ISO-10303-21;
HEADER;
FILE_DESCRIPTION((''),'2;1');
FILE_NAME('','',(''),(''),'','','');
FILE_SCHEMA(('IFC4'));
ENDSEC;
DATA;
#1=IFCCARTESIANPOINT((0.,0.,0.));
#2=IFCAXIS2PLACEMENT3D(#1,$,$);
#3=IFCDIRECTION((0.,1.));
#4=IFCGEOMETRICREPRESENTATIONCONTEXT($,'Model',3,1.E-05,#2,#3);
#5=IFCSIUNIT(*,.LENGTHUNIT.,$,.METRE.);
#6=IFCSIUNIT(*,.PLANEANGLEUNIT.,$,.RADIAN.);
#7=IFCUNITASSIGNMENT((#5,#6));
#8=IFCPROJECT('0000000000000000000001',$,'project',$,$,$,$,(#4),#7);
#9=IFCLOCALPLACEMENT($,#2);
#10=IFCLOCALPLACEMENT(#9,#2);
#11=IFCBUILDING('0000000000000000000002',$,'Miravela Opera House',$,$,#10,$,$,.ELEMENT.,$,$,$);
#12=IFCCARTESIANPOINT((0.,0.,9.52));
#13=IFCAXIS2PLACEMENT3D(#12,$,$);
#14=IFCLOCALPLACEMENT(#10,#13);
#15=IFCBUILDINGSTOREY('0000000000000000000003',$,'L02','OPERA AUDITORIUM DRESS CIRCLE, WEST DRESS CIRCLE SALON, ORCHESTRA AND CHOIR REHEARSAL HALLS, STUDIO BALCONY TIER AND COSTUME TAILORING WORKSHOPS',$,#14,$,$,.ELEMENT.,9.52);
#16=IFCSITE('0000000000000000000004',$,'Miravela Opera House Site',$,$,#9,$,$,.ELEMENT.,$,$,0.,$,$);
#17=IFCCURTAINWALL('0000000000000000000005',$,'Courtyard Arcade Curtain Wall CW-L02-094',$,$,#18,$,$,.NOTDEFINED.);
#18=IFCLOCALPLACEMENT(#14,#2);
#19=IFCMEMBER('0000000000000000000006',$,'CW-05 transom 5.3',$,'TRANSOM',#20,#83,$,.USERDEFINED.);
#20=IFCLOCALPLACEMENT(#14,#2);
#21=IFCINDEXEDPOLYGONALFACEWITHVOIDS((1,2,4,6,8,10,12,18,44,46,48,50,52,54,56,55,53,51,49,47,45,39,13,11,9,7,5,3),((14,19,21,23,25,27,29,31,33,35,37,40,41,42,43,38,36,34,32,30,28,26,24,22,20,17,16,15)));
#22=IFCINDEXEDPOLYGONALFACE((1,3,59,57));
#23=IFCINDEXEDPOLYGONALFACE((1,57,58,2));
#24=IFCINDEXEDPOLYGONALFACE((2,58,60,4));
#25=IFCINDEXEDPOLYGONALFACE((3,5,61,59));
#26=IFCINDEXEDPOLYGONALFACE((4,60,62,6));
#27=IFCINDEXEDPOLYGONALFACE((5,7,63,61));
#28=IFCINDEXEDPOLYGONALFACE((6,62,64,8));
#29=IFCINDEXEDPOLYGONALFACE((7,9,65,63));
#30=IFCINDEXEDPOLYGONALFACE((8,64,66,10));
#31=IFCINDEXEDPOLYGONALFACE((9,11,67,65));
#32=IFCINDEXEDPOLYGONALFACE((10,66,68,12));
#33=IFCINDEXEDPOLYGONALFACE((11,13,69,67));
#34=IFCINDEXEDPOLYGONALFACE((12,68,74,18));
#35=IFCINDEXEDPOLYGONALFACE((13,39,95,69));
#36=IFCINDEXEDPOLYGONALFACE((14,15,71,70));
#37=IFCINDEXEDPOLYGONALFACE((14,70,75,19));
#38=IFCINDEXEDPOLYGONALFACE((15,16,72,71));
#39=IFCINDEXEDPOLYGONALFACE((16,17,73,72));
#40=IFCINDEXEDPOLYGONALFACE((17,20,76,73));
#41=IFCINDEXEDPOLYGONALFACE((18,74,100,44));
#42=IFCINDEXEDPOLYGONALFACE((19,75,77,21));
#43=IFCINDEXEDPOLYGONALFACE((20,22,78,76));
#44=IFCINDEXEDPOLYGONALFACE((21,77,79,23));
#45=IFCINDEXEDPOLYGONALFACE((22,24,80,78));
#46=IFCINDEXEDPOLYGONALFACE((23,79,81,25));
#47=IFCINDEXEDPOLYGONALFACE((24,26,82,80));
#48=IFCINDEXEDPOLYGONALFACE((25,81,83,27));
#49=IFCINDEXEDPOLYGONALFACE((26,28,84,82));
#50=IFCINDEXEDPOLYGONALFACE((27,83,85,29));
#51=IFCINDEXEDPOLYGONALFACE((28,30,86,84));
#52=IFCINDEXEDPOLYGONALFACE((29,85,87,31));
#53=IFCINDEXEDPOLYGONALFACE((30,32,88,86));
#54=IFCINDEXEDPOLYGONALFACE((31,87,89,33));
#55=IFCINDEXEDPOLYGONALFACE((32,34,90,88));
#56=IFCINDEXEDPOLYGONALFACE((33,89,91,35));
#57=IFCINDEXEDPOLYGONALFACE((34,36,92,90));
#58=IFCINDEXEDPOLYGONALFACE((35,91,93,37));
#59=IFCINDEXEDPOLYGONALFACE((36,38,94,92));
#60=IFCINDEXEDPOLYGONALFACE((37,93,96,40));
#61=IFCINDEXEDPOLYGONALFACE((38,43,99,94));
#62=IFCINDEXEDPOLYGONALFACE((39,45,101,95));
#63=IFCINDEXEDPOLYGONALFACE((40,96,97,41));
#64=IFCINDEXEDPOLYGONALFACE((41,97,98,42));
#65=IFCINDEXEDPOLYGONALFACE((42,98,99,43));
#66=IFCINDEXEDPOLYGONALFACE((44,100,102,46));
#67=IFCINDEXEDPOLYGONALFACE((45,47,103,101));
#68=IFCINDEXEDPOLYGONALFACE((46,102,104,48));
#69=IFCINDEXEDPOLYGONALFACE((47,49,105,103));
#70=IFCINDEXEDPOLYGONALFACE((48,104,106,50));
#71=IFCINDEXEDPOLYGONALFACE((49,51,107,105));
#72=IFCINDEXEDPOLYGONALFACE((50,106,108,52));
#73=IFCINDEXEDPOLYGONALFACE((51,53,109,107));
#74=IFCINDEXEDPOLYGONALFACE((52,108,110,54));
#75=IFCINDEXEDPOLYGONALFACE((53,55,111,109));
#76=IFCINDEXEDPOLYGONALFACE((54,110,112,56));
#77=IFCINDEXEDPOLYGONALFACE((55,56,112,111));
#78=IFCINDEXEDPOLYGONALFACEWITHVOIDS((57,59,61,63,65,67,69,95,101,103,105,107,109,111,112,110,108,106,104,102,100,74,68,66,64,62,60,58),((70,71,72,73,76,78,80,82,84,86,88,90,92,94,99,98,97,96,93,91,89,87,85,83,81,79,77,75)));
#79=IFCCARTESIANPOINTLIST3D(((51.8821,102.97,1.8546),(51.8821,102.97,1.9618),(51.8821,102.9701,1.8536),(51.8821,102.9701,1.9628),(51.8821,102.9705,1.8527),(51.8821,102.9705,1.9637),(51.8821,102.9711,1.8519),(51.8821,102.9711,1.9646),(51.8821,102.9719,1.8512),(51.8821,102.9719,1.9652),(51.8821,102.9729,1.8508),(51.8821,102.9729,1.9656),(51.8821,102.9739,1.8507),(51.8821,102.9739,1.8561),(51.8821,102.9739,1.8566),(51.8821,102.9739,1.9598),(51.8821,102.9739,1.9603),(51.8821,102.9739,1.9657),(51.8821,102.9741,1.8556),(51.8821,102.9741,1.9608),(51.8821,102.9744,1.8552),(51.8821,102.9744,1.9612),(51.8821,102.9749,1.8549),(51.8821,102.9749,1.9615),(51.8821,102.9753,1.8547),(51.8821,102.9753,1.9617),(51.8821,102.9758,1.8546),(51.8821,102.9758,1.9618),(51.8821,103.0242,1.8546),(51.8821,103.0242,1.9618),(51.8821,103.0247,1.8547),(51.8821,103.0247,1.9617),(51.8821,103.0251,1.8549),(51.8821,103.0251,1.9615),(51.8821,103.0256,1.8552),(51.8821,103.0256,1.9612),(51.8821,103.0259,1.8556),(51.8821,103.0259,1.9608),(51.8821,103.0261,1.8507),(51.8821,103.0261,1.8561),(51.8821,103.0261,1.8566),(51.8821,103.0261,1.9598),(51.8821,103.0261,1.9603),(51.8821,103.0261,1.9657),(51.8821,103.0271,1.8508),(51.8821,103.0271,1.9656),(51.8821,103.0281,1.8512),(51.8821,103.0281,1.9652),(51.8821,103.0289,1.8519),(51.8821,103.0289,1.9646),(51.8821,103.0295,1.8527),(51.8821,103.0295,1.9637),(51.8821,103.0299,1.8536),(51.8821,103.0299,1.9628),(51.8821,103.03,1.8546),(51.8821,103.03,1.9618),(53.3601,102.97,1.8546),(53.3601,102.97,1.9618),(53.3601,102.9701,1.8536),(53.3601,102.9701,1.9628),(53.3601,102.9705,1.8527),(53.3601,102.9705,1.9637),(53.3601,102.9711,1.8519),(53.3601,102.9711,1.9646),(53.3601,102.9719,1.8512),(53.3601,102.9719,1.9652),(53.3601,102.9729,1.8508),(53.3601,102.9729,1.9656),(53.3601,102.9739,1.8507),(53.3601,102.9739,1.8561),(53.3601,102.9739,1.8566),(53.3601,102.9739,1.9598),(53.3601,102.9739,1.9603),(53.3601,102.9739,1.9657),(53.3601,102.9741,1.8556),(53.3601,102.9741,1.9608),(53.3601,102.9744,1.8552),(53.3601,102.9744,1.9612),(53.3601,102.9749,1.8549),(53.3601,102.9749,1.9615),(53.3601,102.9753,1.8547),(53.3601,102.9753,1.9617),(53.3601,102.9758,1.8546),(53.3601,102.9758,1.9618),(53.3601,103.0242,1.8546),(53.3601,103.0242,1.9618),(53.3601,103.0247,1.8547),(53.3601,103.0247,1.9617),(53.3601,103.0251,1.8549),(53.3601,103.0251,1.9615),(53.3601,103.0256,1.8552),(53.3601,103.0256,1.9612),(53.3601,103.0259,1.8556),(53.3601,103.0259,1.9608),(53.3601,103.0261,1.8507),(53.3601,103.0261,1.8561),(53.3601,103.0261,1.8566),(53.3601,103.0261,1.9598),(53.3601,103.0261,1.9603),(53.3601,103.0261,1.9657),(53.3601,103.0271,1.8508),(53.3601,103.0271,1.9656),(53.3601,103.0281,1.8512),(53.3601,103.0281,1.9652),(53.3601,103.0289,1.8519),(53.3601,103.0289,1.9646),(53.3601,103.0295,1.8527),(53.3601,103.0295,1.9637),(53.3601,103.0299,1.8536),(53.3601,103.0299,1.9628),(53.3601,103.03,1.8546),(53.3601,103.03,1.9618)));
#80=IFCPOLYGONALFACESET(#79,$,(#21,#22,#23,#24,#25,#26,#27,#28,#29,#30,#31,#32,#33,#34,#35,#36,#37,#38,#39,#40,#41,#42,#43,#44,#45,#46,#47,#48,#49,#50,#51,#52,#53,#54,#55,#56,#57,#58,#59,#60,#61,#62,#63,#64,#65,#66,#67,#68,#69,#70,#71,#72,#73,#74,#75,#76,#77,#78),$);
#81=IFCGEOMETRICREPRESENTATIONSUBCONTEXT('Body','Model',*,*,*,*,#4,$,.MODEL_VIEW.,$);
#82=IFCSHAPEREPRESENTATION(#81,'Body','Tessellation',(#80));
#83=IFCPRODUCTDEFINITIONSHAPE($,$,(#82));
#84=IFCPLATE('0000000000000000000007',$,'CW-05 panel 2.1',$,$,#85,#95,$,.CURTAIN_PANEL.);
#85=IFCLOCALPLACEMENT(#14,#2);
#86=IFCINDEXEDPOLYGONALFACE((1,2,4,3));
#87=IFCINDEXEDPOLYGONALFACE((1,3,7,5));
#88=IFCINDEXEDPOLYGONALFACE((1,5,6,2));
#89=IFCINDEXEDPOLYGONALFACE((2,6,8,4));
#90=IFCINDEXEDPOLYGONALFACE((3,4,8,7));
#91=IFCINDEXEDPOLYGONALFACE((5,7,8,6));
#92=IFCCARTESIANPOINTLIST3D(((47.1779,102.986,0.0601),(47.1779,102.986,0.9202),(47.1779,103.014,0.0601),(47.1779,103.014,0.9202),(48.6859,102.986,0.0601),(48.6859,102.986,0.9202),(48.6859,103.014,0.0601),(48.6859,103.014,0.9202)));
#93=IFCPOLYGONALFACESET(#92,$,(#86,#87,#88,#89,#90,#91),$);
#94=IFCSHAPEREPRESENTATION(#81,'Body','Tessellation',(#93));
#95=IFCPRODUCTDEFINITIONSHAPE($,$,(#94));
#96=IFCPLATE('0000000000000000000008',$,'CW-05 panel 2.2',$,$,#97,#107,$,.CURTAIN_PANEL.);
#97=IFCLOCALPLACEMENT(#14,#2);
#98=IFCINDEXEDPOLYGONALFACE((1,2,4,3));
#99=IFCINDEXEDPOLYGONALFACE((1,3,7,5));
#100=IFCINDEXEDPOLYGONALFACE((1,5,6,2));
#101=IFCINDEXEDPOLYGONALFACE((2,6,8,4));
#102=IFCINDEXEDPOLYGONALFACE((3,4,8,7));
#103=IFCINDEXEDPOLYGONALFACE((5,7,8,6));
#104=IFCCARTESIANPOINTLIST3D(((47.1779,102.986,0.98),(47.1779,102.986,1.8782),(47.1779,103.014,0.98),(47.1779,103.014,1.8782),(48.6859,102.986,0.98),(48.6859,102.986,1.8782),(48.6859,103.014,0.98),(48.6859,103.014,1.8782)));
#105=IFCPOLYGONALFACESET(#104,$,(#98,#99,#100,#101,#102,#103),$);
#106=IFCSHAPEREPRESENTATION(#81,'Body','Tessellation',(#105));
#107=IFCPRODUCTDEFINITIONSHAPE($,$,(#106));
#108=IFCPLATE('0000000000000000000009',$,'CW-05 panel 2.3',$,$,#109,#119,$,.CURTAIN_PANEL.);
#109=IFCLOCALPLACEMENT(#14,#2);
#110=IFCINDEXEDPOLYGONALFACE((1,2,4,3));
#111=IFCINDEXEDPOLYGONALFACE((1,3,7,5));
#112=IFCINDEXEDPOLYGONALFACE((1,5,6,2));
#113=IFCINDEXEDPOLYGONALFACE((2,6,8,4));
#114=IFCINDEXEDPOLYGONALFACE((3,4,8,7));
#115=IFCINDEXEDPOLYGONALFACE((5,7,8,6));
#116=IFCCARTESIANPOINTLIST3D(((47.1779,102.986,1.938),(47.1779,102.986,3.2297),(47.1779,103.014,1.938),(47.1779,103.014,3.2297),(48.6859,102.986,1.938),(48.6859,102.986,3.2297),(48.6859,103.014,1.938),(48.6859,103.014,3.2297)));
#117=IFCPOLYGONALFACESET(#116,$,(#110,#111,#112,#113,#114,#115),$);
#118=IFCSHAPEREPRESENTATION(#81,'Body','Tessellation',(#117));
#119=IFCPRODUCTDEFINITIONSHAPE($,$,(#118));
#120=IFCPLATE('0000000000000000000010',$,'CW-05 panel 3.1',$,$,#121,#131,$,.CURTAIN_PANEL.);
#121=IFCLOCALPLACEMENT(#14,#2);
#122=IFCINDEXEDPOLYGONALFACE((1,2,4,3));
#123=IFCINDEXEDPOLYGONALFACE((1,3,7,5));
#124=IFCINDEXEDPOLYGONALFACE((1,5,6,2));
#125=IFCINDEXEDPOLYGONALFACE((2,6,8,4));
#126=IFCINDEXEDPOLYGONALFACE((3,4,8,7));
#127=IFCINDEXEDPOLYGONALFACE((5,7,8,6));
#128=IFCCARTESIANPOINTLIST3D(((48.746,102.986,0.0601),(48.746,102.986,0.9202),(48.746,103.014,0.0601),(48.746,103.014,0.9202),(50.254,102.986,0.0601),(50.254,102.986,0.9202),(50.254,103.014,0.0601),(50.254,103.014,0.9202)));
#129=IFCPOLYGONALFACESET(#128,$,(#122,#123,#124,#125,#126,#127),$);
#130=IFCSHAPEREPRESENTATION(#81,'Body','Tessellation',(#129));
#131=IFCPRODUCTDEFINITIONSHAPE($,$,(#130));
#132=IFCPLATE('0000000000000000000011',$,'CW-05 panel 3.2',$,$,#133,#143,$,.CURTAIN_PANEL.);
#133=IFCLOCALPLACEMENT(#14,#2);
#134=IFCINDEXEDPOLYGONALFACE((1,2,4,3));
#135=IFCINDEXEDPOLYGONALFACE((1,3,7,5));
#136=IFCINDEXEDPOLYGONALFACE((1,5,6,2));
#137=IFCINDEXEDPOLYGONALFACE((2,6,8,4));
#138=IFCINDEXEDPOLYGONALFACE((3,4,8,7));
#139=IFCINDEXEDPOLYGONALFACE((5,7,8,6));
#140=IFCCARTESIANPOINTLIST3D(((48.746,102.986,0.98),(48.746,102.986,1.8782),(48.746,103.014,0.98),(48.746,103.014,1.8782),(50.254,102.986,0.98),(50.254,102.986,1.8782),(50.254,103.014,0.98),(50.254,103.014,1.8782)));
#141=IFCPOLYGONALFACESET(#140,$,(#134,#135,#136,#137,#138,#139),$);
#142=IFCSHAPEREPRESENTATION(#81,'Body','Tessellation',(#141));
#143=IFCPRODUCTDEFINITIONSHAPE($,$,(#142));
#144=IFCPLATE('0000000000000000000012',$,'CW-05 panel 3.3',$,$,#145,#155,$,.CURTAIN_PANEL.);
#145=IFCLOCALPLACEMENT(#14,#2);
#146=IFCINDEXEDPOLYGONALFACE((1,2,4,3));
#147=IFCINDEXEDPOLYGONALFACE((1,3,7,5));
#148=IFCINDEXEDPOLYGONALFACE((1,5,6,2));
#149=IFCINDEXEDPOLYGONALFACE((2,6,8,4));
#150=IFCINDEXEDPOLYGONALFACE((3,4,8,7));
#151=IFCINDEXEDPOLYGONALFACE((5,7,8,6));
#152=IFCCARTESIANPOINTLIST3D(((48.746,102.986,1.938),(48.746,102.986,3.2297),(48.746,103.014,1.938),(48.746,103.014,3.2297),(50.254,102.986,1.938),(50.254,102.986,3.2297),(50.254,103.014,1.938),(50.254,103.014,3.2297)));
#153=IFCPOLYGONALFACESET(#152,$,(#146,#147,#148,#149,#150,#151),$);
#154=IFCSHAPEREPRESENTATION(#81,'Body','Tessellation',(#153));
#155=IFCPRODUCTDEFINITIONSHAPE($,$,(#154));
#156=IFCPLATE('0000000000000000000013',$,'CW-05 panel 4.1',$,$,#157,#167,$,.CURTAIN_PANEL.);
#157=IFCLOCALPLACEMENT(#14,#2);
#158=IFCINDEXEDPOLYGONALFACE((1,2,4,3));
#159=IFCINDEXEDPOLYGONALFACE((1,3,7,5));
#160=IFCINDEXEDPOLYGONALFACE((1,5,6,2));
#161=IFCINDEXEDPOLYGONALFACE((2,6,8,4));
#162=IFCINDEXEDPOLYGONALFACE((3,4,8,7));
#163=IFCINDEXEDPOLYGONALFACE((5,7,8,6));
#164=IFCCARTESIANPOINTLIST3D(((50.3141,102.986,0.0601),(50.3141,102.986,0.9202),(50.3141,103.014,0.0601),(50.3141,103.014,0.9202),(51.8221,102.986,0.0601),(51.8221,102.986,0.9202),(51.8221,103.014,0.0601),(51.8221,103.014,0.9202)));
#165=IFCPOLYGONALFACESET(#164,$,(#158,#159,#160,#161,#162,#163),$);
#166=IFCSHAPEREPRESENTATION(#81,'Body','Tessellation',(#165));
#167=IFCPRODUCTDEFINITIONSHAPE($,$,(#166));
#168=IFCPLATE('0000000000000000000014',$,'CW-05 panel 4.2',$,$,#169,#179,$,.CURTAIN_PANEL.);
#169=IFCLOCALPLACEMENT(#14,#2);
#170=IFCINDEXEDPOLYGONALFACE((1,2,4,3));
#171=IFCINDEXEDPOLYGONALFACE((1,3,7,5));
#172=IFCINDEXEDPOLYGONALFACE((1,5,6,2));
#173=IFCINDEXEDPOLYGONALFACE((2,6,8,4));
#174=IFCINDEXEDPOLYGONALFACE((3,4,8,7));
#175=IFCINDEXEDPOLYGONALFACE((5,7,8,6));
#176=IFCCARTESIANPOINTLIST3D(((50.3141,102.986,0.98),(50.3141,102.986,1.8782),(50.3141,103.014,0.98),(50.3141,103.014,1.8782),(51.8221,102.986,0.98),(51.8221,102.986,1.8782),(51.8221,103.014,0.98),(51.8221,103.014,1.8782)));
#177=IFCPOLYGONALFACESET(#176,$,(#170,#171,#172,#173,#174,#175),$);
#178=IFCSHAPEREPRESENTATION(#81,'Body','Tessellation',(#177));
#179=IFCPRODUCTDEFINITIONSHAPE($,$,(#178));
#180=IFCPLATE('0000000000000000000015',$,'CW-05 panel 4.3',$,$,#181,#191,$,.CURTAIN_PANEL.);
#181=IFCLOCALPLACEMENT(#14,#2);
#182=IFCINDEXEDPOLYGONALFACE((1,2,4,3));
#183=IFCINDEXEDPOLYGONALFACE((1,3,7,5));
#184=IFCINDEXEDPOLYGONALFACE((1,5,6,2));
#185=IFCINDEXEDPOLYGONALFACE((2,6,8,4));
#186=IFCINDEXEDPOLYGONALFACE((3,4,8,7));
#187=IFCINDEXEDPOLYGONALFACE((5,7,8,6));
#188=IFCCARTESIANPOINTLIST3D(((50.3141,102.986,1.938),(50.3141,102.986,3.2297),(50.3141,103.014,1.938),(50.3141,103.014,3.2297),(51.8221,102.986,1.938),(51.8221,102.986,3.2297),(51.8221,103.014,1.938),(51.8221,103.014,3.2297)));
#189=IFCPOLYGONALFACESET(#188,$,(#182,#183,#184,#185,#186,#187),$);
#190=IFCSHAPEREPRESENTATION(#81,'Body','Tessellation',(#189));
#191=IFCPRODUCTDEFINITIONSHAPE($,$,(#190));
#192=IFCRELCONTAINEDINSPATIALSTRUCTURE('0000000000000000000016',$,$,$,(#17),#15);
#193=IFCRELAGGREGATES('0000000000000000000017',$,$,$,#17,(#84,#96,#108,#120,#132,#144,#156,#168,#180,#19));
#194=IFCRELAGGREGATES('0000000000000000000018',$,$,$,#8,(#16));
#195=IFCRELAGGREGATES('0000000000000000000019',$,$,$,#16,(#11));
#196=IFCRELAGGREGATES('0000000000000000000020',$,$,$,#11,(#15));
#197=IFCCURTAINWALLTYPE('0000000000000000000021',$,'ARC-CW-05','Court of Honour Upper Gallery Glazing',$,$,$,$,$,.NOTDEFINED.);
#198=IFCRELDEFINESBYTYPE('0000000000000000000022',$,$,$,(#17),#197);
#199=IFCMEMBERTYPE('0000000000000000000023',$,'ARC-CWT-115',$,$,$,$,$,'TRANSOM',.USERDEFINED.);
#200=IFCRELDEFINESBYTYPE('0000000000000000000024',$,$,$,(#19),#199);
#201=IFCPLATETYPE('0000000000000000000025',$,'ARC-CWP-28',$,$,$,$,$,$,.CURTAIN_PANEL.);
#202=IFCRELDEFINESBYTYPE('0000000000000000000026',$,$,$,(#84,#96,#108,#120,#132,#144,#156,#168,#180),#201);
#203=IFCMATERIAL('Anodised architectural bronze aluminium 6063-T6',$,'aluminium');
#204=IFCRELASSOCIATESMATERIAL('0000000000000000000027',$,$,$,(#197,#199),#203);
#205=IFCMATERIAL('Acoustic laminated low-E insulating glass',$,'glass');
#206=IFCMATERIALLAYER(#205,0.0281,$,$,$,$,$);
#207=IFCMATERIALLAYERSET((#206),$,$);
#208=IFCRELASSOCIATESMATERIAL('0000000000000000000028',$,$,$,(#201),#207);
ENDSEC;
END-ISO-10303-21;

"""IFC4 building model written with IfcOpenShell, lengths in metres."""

from ifc_helpers import new_model, si_unit, direction, frame, origin, origin_2d, place, context, subcontext, project, spatial, rectangle, hollow_rectangle, extrude, material, layer, layer_set, material_profile, profile_set, type_object, element, aggregate, save


model = new_model("IFC4")

# Units and contexts
model_context = context("Model", 3, precision=1e-05, world=origin(), true_north=direction((0.0, 1.0)))
body_context = subcontext(model_context, "Body", "Model", "MODEL_VIEW")
ifc_project = project(units=[si_unit("LENGTHUNIT", "METRE"), si_unit("PLANEANGLEUNIT", "RADIAN")], contexts=[model_context])

# Site, building, storey
site_placement = place(None, origin())
site = spatial("IfcSite", under=ifc_project, at=site_placement, Name="Miravela Opera House Site", CompositionType="ELEMENT", RefElevation=0.0)
building_placement = place(site_placement, origin())
building = spatial("IfcBuilding", under=site, at=building_placement, Name="Miravela Opera House", CompositionType="ELEMENT")
storey_placement = place(building_placement, frame((0.0, 0.0, 9.52)))
storey = spatial("IfcBuildingStorey", under=building, at=storey_placement, Name="L02", Description="OPERA AUDITORIUM DRESS CIRCLE, WEST DRESS CIRCLE SALON, ORCHESTRA AND CHOIR REHEARSAL HALLS, STUDIO BALCONY TIER AND COSTUME TAILORING WORKSHOPS", CompositionType="ELEMENT", Elevation=9.52)

# Curtain wall, member, plates
ifc_material_1 = material(Name="Anodised architectural bronze aluminium 6063-T6", Category="aluminium")
curtain_wall_type = type_object("IfcCurtainWallType", Name="ARC-CW-05", Description="Court of Honour Upper Gallery Glazing", PredefinedType="NOTDEFINED", material=ifc_material_1)
curtain_wall_placement = place(storey_placement, origin())
curtain_wall = element("IfcCurtainWall", 1, at=curtain_wall_placement, inside=storey, type_object=curtain_wall_type, Name="Courtyard Arcade Curtain Wall CW-L02-094", PredefinedType="NOTDEFINED")
ifc_material_profile_1 = material_profile(ifc_material_1, hollow_rectangle(XDim=0.0601, YDim=0.115, WallThickness=0.0039, InnerFilletRadius=0.002, OuterFilletRadius=0.0039, at=origin_2d()), Name="CWT-60X115")
ifc_profile_set_1 = profile_set([ifc_material_profile_1])
member_type_1 = type_object("IfcMemberType", Name="ARC-CWT-115", ElementType="TRANSOM", PredefinedType="USERDEFINED", material=ifc_profile_set_1)
member_1_placement = place(storey_placement, frame((51.8821, 103.0, 1.9082), z_axis=(1.0, 0.0, 0.0), x_axis=(0.0, 1.0, 0.0)))
member_1 = element("IfcMember", 2, at=member_1_placement, type_object=member_type_1, Name="CW-05 transom 5.3", ObjectType="TRANSOM", PredefinedType="USERDEFINED", context=body_context, shape_type="SweptSolid", body=[
    extrude(hollow_rectangle(XDim=0.0601, YDim=0.115, WallThickness=0.0039, InnerFilletRadius=0.002, OuterFilletRadius=0.0039, at=origin_2d()), origin(), (0.0, 0.0, 1.0), 1.478),
])
ifc_material_2 = material(Name="Acoustic laminated low-E insulating glass", Category="glass")
ifc_layer = layer(ifc_material_2, 0.0281)
ifc_layer_set = layer_set([ifc_layer])
plate_type = type_object("IfcPlateType", Name="ARC-CWP-28", PredefinedType="CURTAIN_PANEL", material=ifc_layer_set)
plate_1_placement = place(storey_placement, frame((47.9319, 103.0, 0.0601), z_axis=(0.0, 0.0, 1.0), x_axis=(1.0, 0.0, 0.0)))
plate_1 = element("IfcPlate", 3, at=plate_1_placement, type_object=plate_type, Name="CW-05 panel 2.1", PredefinedType="CURTAIN_PANEL", context=body_context, shape_type="SweptSolid", body=[
    extrude(rectangle(XDim=1.5081, YDim=0.0281, at=origin_2d()), origin(), (0.0, 0.0, 1.0), 0.8601),
])
plate_2_placement = place(storey_placement, frame((47.9319, 103.0, 0.98), z_axis=(0.0, 0.0, 1.0), x_axis=(1.0, 0.0, 0.0)))
plate_2 = element("IfcPlate", 4, at=plate_2_placement, type_object=plate_type, Name="CW-05 panel 2.2", PredefinedType="CURTAIN_PANEL", context=body_context, shape_type="SweptSolid", body=[
    extrude(rectangle(XDim=1.5081, YDim=0.0281, at=origin_2d()), origin(), (0.0, 0.0, 1.0), 0.8982),
])
plate_3_placement = place(storey_placement, frame((47.9319, 103.0, 1.938), z_axis=(0.0, 0.0, 1.0), x_axis=(1.0, 0.0, 0.0)))
plate_3 = element("IfcPlate", 5, at=plate_3_placement, type_object=plate_type, Name="CW-05 panel 2.3", PredefinedType="CURTAIN_PANEL", context=body_context, shape_type="SweptSolid", body=[
    extrude(rectangle(XDim=1.5081, YDim=0.0281, at=origin_2d()), origin(), (0.0, 0.0, 1.0), 1.2917),
])
plate_4_placement = place(storey_placement, frame((49.5, 103.0, 0.0601), z_axis=(0.0, 0.0, 1.0), x_axis=(1.0, 0.0, 0.0)))
plate_4 = element("IfcPlate", 6, at=plate_4_placement, type_object=plate_type, Name="CW-05 panel 3.1", PredefinedType="CURTAIN_PANEL", context=body_context, shape_type="SweptSolid", body=[
    extrude(rectangle(XDim=1.5081, YDim=0.0281, at=origin_2d()), origin(), (0.0, 0.0, 1.0), 0.8601),
])
plate_5_placement = place(storey_placement, frame((49.5, 103.0, 0.98), z_axis=(0.0, 0.0, 1.0), x_axis=(1.0, 0.0, 0.0)))
plate_5 = element("IfcPlate", 7, at=plate_5_placement, type_object=plate_type, Name="CW-05 panel 3.2", PredefinedType="CURTAIN_PANEL", context=body_context, shape_type="SweptSolid", body=[
    extrude(rectangle(XDim=1.5081, YDim=0.0281, at=origin_2d()), origin(), (0.0, 0.0, 1.0), 0.8982),
])
plate_6_placement = place(storey_placement, frame((49.5, 103.0, 1.938), z_axis=(0.0, 0.0, 1.0), x_axis=(1.0, 0.0, 0.0)))
plate_6 = element("IfcPlate", 8, at=plate_6_placement, type_object=plate_type, Name="CW-05 panel 3.3", PredefinedType="CURTAIN_PANEL", context=body_context, shape_type="SweptSolid", body=[
    extrude(rectangle(XDim=1.5081, YDim=0.0281, at=origin_2d()), origin(), (0.0, 0.0, 1.0), 1.2917),
])
plate_7_placement = place(storey_placement, frame((51.0681, 103.0, 0.0601), z_axis=(0.0, 0.0, 1.0), x_axis=(1.0, 0.0, 0.0)))
plate_7 = element("IfcPlate", 9, at=plate_7_placement, type_object=plate_type, Name="CW-05 panel 4.1", PredefinedType="CURTAIN_PANEL", context=body_context, shape_type="SweptSolid", body=[
    extrude(rectangle(XDim=1.5081, YDim=0.0281, at=origin_2d()), origin(), (0.0, 0.0, 1.0), 0.8601),
])
plate_8_placement = place(storey_placement, frame((51.0681, 103.0, 0.98), z_axis=(0.0, 0.0, 1.0), x_axis=(1.0, 0.0, 0.0)))
plate_8 = element("IfcPlate", 10, at=plate_8_placement, type_object=plate_type, Name="CW-05 panel 4.2", PredefinedType="CURTAIN_PANEL", context=body_context, shape_type="SweptSolid", body=[
    extrude(rectangle(XDim=1.5081, YDim=0.0281, at=origin_2d()), origin(), (0.0, 0.0, 1.0), 0.8982),
])
plate_9_placement = place(storey_placement, frame((51.0681, 103.0, 1.938), z_axis=(0.0, 0.0, 1.0), x_axis=(1.0, 0.0, 0.0)))
plate_9 = element("IfcPlate", 11, at=plate_9_placement, type_object=plate_type, Name="CW-05 panel 4.3", PredefinedType="CURTAIN_PANEL", context=body_context, shape_type="SweptSolid", body=[
    extrude(rectangle(XDim=1.5081, YDim=0.0281, at=origin_2d()), origin(), (0.0, 0.0, 1.0), 1.2917),
])
aggregate(curtain_wall, [plate_1, plate_2, plate_3, plate_4, plate_5, plate_6, plate_7, plate_8, plate_9, member_1])

save(model, "model.ifc")
